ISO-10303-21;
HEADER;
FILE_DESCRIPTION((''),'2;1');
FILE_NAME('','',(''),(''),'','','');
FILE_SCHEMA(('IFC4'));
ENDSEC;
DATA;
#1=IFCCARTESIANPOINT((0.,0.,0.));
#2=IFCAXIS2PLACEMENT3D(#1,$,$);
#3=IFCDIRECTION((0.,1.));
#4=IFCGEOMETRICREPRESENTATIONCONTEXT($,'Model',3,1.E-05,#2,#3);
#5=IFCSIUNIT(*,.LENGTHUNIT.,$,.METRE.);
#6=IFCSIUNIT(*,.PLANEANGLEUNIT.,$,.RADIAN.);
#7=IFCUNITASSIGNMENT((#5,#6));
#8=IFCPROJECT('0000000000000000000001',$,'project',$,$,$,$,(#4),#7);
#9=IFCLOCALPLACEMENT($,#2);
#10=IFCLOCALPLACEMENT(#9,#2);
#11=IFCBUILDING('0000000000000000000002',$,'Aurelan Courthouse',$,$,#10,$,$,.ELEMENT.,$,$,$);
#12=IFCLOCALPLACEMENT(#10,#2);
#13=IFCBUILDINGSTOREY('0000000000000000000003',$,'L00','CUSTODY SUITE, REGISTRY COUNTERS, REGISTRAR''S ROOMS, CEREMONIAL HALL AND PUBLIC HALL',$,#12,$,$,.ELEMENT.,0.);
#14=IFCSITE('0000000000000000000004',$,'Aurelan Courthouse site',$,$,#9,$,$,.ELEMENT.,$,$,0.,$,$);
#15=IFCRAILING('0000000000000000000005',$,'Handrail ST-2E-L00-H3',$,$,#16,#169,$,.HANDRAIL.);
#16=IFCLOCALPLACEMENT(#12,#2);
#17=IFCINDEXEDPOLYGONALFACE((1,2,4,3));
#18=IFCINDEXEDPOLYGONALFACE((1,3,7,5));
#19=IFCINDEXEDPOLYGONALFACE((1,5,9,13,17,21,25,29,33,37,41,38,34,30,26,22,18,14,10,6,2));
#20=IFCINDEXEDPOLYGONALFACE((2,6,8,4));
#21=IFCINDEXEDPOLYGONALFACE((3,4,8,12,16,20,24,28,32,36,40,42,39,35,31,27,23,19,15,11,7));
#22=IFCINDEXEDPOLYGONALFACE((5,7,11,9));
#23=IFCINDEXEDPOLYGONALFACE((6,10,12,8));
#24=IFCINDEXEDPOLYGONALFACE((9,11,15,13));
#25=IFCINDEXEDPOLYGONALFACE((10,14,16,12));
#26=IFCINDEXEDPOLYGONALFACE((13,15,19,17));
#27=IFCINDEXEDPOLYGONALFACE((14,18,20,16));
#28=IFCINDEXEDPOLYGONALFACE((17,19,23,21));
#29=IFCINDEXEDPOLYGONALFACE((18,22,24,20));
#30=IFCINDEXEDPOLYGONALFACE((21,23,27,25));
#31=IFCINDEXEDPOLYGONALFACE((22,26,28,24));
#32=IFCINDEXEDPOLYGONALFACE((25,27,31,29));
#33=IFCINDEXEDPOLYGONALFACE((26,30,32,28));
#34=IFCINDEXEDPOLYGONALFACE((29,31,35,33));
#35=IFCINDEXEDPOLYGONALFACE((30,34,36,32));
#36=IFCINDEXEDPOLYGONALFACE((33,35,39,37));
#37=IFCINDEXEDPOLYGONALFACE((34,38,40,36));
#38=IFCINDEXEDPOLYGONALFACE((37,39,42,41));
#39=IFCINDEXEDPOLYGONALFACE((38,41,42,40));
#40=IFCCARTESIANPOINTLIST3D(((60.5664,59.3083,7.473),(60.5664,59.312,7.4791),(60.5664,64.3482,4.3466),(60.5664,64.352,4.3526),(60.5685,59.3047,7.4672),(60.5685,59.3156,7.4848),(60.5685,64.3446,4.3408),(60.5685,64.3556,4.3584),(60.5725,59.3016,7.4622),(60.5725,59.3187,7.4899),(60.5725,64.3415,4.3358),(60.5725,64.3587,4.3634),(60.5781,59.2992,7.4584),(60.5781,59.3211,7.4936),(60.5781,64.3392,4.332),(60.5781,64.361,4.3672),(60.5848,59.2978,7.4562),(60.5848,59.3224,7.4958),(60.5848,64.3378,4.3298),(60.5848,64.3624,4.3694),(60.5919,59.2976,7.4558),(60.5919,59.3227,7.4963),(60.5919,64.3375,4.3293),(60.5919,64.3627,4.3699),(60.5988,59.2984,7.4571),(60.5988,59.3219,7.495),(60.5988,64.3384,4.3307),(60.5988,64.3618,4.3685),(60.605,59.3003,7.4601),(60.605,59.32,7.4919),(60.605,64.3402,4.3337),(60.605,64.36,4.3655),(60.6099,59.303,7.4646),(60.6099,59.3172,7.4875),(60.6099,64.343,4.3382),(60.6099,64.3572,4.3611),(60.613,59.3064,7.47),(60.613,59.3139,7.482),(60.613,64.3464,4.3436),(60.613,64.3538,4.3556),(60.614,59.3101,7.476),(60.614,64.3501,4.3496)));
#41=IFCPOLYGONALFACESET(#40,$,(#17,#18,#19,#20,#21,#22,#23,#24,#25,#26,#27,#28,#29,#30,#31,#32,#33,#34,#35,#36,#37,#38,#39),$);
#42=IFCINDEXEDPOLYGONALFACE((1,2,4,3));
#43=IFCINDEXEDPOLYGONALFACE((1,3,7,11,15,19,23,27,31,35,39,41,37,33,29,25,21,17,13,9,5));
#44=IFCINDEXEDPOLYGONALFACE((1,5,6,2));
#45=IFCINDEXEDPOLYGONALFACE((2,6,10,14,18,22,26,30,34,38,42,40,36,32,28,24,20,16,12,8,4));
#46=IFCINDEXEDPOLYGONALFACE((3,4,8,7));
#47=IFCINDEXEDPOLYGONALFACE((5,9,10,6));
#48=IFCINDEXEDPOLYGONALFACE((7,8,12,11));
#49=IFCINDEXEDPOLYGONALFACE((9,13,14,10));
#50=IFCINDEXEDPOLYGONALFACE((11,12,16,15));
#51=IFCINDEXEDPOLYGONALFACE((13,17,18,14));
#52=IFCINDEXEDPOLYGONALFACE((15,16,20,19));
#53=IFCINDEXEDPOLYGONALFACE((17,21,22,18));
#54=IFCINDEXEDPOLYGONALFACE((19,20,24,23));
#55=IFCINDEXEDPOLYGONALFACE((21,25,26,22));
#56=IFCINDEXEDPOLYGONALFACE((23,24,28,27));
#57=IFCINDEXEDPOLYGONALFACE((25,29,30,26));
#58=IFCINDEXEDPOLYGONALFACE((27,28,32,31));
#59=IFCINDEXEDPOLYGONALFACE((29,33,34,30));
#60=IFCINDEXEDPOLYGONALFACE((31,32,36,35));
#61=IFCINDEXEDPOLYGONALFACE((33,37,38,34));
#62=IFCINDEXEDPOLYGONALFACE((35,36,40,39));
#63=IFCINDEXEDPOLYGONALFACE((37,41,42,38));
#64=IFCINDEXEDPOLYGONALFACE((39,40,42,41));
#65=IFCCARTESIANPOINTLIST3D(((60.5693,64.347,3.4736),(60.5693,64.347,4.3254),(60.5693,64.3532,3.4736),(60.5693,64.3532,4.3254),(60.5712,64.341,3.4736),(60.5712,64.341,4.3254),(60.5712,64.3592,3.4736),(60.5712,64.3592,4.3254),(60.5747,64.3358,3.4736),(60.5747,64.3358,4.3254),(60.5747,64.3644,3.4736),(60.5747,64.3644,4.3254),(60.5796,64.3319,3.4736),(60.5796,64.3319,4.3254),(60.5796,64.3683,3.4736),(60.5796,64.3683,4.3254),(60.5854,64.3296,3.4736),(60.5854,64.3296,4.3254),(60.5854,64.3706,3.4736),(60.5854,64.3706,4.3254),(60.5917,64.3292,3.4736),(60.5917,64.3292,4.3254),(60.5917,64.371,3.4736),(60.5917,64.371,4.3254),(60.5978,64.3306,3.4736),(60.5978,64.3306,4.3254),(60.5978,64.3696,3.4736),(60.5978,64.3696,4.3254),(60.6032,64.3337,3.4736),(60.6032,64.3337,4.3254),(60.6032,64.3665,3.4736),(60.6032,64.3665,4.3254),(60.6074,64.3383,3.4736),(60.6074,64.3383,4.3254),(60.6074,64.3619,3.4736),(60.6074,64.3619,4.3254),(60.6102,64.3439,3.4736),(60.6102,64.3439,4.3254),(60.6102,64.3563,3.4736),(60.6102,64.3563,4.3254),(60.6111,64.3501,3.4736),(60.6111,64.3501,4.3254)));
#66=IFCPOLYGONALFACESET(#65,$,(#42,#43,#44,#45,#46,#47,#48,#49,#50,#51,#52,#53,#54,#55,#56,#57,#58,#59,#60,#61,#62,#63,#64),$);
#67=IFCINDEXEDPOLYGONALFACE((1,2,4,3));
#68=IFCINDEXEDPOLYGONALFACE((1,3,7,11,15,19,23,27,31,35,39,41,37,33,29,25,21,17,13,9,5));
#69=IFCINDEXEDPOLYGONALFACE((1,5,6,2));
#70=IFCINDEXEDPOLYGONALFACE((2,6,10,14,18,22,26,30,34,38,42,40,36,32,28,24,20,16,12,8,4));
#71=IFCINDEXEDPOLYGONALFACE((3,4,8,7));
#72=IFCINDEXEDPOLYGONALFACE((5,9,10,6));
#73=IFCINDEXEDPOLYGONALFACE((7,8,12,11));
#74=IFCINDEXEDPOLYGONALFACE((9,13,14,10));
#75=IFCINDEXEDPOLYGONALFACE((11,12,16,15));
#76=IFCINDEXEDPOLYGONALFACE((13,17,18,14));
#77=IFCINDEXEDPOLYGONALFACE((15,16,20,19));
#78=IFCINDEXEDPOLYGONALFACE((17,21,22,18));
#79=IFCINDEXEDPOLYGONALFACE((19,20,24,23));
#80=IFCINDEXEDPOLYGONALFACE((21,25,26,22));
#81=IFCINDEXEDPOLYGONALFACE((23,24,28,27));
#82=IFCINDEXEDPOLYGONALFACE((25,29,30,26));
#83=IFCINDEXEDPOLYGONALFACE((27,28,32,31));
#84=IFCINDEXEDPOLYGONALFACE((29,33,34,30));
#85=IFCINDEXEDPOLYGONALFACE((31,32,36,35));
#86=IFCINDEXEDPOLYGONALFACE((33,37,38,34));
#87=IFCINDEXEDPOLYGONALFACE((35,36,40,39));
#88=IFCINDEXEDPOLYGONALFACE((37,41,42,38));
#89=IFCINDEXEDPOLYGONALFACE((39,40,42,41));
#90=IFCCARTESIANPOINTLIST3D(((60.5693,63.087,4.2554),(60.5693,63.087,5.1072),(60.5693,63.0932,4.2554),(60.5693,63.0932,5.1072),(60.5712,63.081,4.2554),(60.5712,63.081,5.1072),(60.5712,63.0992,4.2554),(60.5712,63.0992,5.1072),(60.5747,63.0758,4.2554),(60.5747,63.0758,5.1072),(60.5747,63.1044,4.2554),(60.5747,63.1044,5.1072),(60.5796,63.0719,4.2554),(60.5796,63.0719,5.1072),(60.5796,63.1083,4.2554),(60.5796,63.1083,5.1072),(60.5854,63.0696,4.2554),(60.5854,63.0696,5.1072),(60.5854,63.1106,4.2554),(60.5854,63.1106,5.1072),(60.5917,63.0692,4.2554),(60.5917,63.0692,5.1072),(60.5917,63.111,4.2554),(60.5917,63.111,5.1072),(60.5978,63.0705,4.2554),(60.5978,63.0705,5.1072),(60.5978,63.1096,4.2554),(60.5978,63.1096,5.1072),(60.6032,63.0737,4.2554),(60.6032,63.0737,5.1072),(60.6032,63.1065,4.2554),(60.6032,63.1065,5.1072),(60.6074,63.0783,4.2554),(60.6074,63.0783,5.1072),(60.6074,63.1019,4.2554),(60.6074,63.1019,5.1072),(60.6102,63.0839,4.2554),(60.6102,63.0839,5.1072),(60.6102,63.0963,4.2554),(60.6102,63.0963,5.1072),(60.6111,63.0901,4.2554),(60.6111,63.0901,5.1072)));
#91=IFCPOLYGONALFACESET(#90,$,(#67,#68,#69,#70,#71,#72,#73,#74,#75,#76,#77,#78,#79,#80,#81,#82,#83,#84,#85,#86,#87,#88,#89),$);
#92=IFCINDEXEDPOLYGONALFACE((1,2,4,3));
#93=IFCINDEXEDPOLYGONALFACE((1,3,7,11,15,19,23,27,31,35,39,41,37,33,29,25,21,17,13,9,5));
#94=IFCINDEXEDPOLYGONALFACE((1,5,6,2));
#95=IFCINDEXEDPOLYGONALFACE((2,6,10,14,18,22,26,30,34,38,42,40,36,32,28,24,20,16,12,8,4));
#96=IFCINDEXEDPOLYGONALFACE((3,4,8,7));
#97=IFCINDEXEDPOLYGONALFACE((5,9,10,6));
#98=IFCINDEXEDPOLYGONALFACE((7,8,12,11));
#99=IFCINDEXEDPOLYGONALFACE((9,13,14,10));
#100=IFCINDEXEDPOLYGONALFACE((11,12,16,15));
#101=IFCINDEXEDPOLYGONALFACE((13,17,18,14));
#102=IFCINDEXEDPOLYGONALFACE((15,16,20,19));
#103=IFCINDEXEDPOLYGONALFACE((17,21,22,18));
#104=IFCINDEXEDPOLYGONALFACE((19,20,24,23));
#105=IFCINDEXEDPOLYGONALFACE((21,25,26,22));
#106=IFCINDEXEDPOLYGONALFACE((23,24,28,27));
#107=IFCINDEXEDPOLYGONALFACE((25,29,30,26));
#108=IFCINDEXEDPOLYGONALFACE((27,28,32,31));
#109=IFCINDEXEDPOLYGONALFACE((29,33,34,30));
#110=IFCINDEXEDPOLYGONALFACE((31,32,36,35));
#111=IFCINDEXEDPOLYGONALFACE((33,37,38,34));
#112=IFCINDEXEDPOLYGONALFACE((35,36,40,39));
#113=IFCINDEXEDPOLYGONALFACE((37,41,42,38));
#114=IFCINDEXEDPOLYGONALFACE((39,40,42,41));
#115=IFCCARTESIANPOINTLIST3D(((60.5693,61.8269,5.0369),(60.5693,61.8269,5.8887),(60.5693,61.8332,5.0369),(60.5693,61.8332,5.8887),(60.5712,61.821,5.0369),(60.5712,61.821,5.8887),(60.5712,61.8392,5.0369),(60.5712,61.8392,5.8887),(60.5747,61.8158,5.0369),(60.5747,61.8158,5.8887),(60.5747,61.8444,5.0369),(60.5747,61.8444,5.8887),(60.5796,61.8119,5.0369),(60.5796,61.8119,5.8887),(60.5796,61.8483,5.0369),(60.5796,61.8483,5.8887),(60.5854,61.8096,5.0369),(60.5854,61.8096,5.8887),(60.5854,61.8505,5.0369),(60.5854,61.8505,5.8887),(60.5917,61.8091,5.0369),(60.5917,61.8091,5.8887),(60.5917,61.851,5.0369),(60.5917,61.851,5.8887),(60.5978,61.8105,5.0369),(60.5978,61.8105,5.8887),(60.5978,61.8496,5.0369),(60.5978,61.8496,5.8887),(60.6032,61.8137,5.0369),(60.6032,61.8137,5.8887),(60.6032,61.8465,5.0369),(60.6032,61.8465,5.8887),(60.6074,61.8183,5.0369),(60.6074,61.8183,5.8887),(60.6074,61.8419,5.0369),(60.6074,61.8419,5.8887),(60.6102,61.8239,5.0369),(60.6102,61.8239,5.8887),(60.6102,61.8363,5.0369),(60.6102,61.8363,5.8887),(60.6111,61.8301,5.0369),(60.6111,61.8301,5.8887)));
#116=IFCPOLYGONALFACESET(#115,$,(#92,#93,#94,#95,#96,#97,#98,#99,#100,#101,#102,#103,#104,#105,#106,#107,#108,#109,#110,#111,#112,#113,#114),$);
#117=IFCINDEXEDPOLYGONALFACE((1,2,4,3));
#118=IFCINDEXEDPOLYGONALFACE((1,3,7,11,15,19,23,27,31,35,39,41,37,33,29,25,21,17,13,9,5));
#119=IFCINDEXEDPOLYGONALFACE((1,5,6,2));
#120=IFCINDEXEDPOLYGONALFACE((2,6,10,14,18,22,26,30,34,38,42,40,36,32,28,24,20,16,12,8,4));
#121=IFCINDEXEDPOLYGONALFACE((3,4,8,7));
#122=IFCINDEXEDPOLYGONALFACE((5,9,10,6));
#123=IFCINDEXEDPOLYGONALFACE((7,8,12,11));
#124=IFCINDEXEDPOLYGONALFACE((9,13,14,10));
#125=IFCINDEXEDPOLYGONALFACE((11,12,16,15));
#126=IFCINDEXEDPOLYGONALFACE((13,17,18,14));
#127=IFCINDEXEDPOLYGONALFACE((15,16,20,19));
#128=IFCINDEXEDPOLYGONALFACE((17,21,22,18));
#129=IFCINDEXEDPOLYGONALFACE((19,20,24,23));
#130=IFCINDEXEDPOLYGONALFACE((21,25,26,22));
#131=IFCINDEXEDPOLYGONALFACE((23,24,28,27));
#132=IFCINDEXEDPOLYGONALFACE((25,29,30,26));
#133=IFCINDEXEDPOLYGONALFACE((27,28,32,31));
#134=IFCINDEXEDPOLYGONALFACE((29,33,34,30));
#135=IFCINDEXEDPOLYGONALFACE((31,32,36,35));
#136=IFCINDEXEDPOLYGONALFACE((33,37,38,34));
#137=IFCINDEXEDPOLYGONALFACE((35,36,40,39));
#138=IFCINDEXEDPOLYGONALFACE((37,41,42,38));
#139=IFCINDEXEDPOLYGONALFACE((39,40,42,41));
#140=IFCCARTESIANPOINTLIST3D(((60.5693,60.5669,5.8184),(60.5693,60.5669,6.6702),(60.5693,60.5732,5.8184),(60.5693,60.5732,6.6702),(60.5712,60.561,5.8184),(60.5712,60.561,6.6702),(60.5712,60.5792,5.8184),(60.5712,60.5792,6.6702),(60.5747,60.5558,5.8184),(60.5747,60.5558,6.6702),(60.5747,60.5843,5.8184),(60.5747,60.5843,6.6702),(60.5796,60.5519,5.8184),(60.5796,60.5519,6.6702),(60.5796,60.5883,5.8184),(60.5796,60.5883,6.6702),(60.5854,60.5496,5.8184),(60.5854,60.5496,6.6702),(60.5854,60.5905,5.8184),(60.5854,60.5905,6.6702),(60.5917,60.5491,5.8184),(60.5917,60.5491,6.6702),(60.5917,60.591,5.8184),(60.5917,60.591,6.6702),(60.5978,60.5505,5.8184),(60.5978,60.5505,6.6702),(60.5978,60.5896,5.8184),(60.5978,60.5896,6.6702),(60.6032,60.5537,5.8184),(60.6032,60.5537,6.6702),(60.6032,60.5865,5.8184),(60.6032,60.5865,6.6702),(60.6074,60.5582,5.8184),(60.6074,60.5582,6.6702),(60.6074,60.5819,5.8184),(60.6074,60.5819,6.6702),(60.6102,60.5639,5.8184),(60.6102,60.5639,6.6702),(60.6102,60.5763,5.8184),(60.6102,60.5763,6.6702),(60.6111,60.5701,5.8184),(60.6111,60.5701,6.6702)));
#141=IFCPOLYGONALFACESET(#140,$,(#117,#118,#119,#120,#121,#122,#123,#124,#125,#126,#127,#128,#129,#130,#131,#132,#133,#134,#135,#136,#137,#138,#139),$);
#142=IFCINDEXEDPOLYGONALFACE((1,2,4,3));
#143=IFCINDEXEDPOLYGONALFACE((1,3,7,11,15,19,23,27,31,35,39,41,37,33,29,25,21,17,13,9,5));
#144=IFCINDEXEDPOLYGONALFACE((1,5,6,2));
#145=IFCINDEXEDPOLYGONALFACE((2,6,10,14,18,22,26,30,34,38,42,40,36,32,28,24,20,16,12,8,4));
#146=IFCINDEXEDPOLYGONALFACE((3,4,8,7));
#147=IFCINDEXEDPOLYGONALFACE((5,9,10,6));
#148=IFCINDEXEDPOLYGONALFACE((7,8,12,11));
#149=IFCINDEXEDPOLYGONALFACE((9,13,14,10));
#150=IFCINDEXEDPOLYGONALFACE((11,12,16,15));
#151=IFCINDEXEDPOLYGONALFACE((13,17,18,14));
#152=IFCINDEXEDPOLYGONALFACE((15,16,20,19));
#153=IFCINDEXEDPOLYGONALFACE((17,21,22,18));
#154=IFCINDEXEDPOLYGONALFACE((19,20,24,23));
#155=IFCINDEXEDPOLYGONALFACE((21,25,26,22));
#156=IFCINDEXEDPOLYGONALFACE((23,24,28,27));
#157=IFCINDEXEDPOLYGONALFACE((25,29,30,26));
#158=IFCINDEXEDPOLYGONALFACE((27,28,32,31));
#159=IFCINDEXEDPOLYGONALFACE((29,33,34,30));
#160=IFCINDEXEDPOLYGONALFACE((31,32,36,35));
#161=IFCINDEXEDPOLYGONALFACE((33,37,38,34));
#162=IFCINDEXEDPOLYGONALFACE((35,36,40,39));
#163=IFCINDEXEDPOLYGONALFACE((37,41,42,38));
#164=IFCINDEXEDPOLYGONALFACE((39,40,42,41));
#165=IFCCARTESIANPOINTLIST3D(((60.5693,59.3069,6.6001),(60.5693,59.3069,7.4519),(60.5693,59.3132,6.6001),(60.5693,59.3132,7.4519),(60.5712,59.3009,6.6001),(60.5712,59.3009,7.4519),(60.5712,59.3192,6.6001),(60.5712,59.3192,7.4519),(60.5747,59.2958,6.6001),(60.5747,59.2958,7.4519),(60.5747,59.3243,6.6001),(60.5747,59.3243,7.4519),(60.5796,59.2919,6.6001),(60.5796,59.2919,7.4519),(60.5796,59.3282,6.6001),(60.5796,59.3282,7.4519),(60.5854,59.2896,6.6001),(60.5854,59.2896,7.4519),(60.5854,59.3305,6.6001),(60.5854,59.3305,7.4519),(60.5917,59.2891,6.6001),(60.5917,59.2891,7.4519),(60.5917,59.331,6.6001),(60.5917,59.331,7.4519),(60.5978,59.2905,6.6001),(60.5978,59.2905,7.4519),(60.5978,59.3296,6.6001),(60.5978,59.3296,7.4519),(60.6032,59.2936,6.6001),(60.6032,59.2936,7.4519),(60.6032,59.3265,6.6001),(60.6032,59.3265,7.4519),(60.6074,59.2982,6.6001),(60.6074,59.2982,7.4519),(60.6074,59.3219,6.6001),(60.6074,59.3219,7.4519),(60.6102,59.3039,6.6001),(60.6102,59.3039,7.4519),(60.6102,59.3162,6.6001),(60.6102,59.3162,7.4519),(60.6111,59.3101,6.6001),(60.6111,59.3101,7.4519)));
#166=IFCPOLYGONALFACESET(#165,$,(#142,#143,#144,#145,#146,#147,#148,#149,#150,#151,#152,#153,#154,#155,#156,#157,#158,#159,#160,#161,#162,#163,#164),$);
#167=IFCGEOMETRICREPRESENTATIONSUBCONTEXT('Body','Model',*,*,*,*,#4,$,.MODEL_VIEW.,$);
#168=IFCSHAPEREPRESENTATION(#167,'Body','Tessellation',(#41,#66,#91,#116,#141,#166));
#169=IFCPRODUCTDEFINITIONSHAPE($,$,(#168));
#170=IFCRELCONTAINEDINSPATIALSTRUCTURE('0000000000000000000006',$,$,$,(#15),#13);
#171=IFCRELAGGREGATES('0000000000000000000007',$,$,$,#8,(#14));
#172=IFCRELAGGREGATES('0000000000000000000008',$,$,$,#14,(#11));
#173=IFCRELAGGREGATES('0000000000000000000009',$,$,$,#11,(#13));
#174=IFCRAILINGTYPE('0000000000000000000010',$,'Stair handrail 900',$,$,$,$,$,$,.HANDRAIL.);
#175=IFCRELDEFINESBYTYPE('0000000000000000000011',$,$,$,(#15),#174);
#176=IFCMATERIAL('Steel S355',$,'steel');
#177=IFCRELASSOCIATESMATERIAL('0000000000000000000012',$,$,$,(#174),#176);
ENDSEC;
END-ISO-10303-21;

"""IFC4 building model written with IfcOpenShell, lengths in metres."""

from ifc_helpers import new_model, si_unit, direction, frame, origin, origin_2d, place, context, subcontext, project, spatial, circle, extrude, material, type_object, element, save


model = new_model("IFC4")

# Units and contexts
model_context = context("Model", 3, precision=1e-05, world=origin(), true_north=direction((0.0, 1.0)))
body_context = subcontext(model_context, "Body", "Model", "MODEL_VIEW")
ifc_project = project(units=[si_unit("LENGTHUNIT", "METRE"), si_unit("PLANEANGLEUNIT", "RADIAN")], contexts=[model_context])

# Site, building, storey
site_placement = place(None, origin())
site = spatial("IfcSite", under=ifc_project, at=site_placement, Name="Aurelan Courthouse site", CompositionType="ELEMENT", RefElevation=0.0)
building_placement = place(site_placement, origin())
building = spatial("IfcBuilding", under=site, at=building_placement, Name="Aurelan Courthouse", CompositionType="ELEMENT")
storey_placement = place(building_placement, origin())
storey = spatial("IfcBuildingStorey", under=building, at=storey_placement, Name="L00", Description="CUSTODY SUITE, REGISTRY COUNTERS, REGISTRAR'S ROOMS, CEREMONIAL HALL AND PUBLIC HALL", CompositionType="ELEMENT", Elevation=0.0)

# Railing
ifc_material_1 = material(Name="Steel S355", Category="steel")
railing_type_1 = type_object("IfcRailingType", Name="Stair handrail 900", PredefinedType="HANDRAIL", material=ifc_material_1)
for number, where, name in (
    (1, (60.5901, 64.3501, 3.4736), "Handrail ST-2E-L00-H3"),
):
    element("IfcRailing", number, at=place(storey_placement, frame(where)), inside=storey, type_object=railing_type_1, Name=name, PredefinedType="HANDRAIL", context=body_context, shape_type="SweptSolid", body=[
        extrude(circle(Radius=0.0239, at=origin_2d()), frame((0.0, 0.0, 0.876), z_axis=(0.0, -0.849779, 0.527139), x_axis=(1.0, 0.0, 0.0)), (0.0, 0.0, 1.0), 5.9309),
        extrude(circle(Radius=0.021, at=origin_2d()), origin(), (0.0, 0.0, 1.0), 0.8518),
        extrude(circle(Radius=0.021, at=origin_2d()), frame((0.0, -1.26, 0.7817)), (0.0, 0.0, 1.0), 0.8518),
        extrude(circle(Radius=0.021, at=origin_2d()), frame((0.0, -2.52, 1.5632)), (0.0, 0.0, 1.0), 0.8518),
        extrude(circle(Radius=0.021, at=origin_2d()), frame((0.0, -3.78, 2.3447)), (0.0, 0.0, 1.0), 0.8518),
        extrude(circle(Radius=0.021, at=origin_2d()), frame((0.0, -5.04, 3.1265)), (0.0, 0.0, 1.0), 0.8518),
    ])

save(model, "model.ifc")
